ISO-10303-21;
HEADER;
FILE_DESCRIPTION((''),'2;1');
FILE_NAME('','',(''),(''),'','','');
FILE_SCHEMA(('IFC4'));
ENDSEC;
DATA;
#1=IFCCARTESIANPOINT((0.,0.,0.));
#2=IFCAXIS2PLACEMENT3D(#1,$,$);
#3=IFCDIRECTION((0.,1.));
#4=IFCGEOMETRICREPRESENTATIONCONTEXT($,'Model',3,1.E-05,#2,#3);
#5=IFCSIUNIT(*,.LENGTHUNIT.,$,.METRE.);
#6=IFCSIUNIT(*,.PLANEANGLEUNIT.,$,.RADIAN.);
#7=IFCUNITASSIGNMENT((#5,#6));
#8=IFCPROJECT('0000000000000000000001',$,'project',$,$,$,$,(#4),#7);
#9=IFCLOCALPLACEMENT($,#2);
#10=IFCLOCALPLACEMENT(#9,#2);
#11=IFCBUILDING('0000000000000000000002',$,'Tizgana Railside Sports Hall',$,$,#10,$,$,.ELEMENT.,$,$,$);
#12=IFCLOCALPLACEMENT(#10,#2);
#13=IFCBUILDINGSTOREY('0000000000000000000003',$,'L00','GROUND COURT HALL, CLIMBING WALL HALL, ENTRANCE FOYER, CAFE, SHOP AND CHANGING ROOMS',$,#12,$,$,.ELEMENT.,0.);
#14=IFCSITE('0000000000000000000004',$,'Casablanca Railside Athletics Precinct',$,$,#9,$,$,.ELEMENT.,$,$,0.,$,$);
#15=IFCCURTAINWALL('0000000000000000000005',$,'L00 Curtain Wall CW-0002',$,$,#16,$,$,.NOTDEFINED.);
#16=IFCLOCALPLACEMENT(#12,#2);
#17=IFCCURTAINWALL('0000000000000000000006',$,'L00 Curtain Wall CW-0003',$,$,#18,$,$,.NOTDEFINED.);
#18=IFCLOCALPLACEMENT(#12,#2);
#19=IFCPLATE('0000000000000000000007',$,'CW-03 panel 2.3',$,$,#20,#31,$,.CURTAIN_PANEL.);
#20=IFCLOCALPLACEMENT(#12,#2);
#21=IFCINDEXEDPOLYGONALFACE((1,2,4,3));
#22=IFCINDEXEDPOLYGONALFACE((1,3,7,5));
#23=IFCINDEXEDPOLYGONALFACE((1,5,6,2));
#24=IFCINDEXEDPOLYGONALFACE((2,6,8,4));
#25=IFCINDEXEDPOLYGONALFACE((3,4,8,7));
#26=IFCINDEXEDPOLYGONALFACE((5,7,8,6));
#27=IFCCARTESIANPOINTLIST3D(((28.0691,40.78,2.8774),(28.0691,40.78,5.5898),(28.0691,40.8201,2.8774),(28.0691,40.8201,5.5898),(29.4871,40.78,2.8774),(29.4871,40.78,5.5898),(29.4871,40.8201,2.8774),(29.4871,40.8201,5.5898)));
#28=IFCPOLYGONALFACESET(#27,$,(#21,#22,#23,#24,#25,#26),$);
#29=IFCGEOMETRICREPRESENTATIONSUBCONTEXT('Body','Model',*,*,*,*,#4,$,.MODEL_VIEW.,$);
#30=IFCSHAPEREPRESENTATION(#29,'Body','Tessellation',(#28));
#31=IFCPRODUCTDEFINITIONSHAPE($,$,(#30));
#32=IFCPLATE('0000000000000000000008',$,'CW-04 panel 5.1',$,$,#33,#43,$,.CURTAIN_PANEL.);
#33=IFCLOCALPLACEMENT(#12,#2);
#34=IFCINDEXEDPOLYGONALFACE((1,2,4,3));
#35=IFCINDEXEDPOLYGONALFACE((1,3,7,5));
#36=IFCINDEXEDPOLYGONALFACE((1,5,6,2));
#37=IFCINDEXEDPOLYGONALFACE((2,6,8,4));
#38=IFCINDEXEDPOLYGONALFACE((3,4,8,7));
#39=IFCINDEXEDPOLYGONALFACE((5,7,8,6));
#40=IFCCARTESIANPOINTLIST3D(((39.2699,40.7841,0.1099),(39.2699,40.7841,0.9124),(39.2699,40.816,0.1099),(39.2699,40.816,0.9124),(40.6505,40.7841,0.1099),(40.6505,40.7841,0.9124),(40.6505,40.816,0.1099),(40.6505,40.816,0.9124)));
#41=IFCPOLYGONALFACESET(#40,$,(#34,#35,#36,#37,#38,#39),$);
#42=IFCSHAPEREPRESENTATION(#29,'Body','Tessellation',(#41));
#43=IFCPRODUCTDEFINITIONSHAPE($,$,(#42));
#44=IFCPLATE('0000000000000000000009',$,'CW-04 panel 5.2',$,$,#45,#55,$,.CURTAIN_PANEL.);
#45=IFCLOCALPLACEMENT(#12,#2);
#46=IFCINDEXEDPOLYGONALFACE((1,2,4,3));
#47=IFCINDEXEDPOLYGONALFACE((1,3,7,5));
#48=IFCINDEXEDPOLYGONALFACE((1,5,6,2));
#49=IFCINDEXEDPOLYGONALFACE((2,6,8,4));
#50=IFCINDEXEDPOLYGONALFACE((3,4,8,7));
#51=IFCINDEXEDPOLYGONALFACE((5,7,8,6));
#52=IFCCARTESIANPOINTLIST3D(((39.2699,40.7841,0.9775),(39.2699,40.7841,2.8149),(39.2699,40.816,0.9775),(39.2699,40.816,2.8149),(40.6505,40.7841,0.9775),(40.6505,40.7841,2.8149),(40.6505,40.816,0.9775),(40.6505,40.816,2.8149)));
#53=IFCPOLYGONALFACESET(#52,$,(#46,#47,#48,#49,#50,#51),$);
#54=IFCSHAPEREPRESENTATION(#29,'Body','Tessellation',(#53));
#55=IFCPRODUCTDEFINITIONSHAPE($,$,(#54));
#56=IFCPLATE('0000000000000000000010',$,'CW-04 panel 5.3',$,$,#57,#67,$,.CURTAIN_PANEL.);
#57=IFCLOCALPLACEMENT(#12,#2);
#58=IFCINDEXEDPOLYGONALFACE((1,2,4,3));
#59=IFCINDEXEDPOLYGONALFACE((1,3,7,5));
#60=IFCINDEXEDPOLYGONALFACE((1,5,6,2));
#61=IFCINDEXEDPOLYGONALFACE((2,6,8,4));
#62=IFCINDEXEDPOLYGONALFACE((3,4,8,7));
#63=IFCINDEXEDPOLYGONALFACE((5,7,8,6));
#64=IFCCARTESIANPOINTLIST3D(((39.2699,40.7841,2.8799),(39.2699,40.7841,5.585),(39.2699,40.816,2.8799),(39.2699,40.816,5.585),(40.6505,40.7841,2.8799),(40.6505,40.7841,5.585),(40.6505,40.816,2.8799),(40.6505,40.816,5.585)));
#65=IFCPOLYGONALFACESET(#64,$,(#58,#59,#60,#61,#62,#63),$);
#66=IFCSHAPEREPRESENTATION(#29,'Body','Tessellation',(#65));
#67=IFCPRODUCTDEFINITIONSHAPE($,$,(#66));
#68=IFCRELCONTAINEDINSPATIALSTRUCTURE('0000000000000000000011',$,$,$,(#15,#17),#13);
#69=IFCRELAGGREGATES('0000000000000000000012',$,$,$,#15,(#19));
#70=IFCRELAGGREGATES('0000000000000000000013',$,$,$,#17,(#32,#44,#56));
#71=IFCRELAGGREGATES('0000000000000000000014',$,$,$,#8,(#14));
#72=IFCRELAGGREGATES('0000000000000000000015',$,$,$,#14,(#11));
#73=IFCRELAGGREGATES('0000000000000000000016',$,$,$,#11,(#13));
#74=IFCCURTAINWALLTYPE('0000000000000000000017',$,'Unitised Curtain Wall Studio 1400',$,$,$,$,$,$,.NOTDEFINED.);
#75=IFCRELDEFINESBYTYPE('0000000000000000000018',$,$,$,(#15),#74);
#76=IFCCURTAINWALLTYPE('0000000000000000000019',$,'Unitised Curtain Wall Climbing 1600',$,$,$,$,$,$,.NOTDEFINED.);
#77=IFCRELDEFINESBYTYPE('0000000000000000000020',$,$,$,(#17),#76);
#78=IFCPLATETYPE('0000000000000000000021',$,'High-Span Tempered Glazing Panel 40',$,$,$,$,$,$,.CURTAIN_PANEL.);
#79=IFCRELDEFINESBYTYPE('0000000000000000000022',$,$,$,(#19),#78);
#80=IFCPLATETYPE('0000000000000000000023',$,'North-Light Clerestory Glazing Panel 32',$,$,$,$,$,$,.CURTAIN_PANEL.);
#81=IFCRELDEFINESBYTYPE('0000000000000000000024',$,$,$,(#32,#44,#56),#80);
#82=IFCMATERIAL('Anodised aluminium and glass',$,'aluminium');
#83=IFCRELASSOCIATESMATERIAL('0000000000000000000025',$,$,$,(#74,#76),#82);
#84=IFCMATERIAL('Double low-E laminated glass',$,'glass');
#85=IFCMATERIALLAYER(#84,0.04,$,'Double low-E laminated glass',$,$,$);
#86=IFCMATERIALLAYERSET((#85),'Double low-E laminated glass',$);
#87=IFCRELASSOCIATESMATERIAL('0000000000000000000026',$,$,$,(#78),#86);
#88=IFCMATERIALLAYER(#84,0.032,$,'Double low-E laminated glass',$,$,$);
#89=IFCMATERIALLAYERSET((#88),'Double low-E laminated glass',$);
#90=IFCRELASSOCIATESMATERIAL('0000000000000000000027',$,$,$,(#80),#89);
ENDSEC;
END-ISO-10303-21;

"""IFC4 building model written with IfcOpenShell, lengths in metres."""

from ifc_helpers import new_model, si_unit, direction, frame, origin, origin_2d, place, context, subcontext, project, spatial, rectangle, extrude, material, layer, layer_set, type_object, element, aggregate, save


model = new_model("IFC4")

# Units and contexts
model_context = context("Model", 3, precision=1e-05, world=origin(), true_north=direction((0.0, 1.0)))
body_context = subcontext(model_context, "Body", "Model", "MODEL_VIEW")
ifc_project = project(units=[si_unit("LENGTHUNIT", "METRE"), si_unit("PLANEANGLEUNIT", "RADIAN")], contexts=[model_context])

# Site, building, storey
site_placement = place(None, origin())
site = spatial("IfcSite", under=ifc_project, at=site_placement, Name="Casablanca Railside Athletics Precinct", CompositionType="ELEMENT", RefElevation=0.0)
building_placement = place(site_placement, origin())
building = spatial("IfcBuilding", under=site, at=building_placement, Name="Tizgana Railside Sports Hall", CompositionType="ELEMENT")
storey_placement = place(building_placement, origin())
storey = spatial("IfcBuildingStorey", under=building, at=storey_placement, Name="L00", Description="GROUND COURT HALL, CLIMBING WALL HALL, ENTRANCE FOYER, CAFE, SHOP AND CHANGING ROOMS", CompositionType="ELEMENT", Elevation=0.0)

# Curtain wall
ifc_material_1 = material(Name="Anodised aluminium and glass", Category="aluminium")
curtain_wall_type_1 = type_object("IfcCurtainWallType", Name="Unitised Curtain Wall Studio 1400", PredefinedType="NOTDEFINED", material=ifc_material_1)
curtain_wall_1_placement = place(storey_placement, origin())
curtain_wall_1 = element("IfcCurtainWall", 1, at=curtain_wall_1_placement, inside=storey, type_object=curtain_wall_type_1, Name="L00 Curtain Wall CW-0002", PredefinedType="NOTDEFINED")

# Curtain wall
curtain_wall_type_2 = type_object("IfcCurtainWallType", Name="Unitised Curtain Wall Climbing 1600", PredefinedType="NOTDEFINED", material=ifc_material_1)
curtain_wall_2_placement = place(storey_placement, origin())
curtain_wall_2 = element("IfcCurtainWall", 2, at=curtain_wall_2_placement, inside=storey, type_object=curtain_wall_type_2, Name="L00 Curtain Wall CW-0003", PredefinedType="NOTDEFINED")

# Plates
ifc_material_2 = material(Name="Double low-E laminated glass", Category="glass")
ifc_layer_1 = layer(ifc_material_2, 0.04, Name="Double low-E laminated glass")
ifc_layer_set_1 = layer_set([ifc_layer_1], Name="Double low-E laminated glass")
plate_type_1 = type_object("IfcPlateType", Name="High-Span Tempered Glazing Panel 40", PredefinedType="CURTAIN_PANEL", material=ifc_layer_set_1)
plate_1_placement = place(storey_placement, frame((28.7781, 40.8, 2.8774), z_axis=(0.0, 0.0, 1.0), x_axis=(-1.0, 0.0, 0.0)))
plate_1 = element("IfcPlate", 3, at=plate_1_placement, type_object=plate_type_1, Name="CW-03 panel 2.3", PredefinedType="CURTAIN_PANEL", context=body_context, shape_type="SweptSolid", body=[
    extrude(rectangle(XDim=1.418, YDim=0.04, at=origin_2d()), origin(), (0.0, 0.0, 1.0), 2.7124),
])
aggregate(curtain_wall_1, [plate_1])
ifc_layer_2 = layer(ifc_material_2, 0.032, Name="Double low-E laminated glass")
ifc_layer_set_2 = layer_set([ifc_layer_2], Name="Double low-E laminated glass")
plate_type_2 = type_object("IfcPlateType", Name="North-Light Clerestory Glazing Panel 32", PredefinedType="CURTAIN_PANEL", material=ifc_layer_set_2)
plate_2_placement = place(storey_placement, frame((39.9602, 40.8, 0.1099), z_axis=(0.0, 0.0, 1.0), x_axis=(-1.0, 0.0, 0.0)))
plate_2 = element("IfcPlate", 4, at=plate_2_placement, type_object=plate_type_2, Name="CW-04 panel 5.1", PredefinedType="CURTAIN_PANEL", context=body_context, shape_type="SweptSolid", body=[
    extrude(rectangle(XDim=1.3806, YDim=0.032, at=origin_2d()), origin(), (0.0, 0.0, 1.0), 0.8025),
])
plate_3_placement = place(storey_placement, frame((39.9602, 40.8, 0.9775), z_axis=(0.0, 0.0, 1.0), x_axis=(-1.0, 0.0, 0.0)))
plate_3 = element("IfcPlate", 5, at=plate_3_placement, type_object=plate_type_2, Name="CW-04 panel 5.2", PredefinedType="CURTAIN_PANEL", context=body_context, shape_type="SweptSolid", body=[
    extrude(rectangle(XDim=1.3806, YDim=0.032, at=origin_2d()), origin(), (0.0, 0.0, 1.0), 1.8374),
])
plate_4_placement = place(storey_placement, frame((39.9602, 40.8, 2.8799), z_axis=(0.0, 0.0, 1.0), x_axis=(-1.0, 0.0, 0.0)))
plate_4 = element("IfcPlate", 6, at=plate_4_placement, type_object=plate_type_2, Name="CW-04 panel 5.3", PredefinedType="CURTAIN_PANEL", context=body_context, shape_type="SweptSolid", body=[
    extrude(rectangle(XDim=1.3806, YDim=0.032, at=origin_2d()), origin(), (0.0, 0.0, 1.0), 2.7051),
])
aggregate(curtain_wall_2, [plate_2, plate_3, plate_4])

save(model, "model.ifc")
